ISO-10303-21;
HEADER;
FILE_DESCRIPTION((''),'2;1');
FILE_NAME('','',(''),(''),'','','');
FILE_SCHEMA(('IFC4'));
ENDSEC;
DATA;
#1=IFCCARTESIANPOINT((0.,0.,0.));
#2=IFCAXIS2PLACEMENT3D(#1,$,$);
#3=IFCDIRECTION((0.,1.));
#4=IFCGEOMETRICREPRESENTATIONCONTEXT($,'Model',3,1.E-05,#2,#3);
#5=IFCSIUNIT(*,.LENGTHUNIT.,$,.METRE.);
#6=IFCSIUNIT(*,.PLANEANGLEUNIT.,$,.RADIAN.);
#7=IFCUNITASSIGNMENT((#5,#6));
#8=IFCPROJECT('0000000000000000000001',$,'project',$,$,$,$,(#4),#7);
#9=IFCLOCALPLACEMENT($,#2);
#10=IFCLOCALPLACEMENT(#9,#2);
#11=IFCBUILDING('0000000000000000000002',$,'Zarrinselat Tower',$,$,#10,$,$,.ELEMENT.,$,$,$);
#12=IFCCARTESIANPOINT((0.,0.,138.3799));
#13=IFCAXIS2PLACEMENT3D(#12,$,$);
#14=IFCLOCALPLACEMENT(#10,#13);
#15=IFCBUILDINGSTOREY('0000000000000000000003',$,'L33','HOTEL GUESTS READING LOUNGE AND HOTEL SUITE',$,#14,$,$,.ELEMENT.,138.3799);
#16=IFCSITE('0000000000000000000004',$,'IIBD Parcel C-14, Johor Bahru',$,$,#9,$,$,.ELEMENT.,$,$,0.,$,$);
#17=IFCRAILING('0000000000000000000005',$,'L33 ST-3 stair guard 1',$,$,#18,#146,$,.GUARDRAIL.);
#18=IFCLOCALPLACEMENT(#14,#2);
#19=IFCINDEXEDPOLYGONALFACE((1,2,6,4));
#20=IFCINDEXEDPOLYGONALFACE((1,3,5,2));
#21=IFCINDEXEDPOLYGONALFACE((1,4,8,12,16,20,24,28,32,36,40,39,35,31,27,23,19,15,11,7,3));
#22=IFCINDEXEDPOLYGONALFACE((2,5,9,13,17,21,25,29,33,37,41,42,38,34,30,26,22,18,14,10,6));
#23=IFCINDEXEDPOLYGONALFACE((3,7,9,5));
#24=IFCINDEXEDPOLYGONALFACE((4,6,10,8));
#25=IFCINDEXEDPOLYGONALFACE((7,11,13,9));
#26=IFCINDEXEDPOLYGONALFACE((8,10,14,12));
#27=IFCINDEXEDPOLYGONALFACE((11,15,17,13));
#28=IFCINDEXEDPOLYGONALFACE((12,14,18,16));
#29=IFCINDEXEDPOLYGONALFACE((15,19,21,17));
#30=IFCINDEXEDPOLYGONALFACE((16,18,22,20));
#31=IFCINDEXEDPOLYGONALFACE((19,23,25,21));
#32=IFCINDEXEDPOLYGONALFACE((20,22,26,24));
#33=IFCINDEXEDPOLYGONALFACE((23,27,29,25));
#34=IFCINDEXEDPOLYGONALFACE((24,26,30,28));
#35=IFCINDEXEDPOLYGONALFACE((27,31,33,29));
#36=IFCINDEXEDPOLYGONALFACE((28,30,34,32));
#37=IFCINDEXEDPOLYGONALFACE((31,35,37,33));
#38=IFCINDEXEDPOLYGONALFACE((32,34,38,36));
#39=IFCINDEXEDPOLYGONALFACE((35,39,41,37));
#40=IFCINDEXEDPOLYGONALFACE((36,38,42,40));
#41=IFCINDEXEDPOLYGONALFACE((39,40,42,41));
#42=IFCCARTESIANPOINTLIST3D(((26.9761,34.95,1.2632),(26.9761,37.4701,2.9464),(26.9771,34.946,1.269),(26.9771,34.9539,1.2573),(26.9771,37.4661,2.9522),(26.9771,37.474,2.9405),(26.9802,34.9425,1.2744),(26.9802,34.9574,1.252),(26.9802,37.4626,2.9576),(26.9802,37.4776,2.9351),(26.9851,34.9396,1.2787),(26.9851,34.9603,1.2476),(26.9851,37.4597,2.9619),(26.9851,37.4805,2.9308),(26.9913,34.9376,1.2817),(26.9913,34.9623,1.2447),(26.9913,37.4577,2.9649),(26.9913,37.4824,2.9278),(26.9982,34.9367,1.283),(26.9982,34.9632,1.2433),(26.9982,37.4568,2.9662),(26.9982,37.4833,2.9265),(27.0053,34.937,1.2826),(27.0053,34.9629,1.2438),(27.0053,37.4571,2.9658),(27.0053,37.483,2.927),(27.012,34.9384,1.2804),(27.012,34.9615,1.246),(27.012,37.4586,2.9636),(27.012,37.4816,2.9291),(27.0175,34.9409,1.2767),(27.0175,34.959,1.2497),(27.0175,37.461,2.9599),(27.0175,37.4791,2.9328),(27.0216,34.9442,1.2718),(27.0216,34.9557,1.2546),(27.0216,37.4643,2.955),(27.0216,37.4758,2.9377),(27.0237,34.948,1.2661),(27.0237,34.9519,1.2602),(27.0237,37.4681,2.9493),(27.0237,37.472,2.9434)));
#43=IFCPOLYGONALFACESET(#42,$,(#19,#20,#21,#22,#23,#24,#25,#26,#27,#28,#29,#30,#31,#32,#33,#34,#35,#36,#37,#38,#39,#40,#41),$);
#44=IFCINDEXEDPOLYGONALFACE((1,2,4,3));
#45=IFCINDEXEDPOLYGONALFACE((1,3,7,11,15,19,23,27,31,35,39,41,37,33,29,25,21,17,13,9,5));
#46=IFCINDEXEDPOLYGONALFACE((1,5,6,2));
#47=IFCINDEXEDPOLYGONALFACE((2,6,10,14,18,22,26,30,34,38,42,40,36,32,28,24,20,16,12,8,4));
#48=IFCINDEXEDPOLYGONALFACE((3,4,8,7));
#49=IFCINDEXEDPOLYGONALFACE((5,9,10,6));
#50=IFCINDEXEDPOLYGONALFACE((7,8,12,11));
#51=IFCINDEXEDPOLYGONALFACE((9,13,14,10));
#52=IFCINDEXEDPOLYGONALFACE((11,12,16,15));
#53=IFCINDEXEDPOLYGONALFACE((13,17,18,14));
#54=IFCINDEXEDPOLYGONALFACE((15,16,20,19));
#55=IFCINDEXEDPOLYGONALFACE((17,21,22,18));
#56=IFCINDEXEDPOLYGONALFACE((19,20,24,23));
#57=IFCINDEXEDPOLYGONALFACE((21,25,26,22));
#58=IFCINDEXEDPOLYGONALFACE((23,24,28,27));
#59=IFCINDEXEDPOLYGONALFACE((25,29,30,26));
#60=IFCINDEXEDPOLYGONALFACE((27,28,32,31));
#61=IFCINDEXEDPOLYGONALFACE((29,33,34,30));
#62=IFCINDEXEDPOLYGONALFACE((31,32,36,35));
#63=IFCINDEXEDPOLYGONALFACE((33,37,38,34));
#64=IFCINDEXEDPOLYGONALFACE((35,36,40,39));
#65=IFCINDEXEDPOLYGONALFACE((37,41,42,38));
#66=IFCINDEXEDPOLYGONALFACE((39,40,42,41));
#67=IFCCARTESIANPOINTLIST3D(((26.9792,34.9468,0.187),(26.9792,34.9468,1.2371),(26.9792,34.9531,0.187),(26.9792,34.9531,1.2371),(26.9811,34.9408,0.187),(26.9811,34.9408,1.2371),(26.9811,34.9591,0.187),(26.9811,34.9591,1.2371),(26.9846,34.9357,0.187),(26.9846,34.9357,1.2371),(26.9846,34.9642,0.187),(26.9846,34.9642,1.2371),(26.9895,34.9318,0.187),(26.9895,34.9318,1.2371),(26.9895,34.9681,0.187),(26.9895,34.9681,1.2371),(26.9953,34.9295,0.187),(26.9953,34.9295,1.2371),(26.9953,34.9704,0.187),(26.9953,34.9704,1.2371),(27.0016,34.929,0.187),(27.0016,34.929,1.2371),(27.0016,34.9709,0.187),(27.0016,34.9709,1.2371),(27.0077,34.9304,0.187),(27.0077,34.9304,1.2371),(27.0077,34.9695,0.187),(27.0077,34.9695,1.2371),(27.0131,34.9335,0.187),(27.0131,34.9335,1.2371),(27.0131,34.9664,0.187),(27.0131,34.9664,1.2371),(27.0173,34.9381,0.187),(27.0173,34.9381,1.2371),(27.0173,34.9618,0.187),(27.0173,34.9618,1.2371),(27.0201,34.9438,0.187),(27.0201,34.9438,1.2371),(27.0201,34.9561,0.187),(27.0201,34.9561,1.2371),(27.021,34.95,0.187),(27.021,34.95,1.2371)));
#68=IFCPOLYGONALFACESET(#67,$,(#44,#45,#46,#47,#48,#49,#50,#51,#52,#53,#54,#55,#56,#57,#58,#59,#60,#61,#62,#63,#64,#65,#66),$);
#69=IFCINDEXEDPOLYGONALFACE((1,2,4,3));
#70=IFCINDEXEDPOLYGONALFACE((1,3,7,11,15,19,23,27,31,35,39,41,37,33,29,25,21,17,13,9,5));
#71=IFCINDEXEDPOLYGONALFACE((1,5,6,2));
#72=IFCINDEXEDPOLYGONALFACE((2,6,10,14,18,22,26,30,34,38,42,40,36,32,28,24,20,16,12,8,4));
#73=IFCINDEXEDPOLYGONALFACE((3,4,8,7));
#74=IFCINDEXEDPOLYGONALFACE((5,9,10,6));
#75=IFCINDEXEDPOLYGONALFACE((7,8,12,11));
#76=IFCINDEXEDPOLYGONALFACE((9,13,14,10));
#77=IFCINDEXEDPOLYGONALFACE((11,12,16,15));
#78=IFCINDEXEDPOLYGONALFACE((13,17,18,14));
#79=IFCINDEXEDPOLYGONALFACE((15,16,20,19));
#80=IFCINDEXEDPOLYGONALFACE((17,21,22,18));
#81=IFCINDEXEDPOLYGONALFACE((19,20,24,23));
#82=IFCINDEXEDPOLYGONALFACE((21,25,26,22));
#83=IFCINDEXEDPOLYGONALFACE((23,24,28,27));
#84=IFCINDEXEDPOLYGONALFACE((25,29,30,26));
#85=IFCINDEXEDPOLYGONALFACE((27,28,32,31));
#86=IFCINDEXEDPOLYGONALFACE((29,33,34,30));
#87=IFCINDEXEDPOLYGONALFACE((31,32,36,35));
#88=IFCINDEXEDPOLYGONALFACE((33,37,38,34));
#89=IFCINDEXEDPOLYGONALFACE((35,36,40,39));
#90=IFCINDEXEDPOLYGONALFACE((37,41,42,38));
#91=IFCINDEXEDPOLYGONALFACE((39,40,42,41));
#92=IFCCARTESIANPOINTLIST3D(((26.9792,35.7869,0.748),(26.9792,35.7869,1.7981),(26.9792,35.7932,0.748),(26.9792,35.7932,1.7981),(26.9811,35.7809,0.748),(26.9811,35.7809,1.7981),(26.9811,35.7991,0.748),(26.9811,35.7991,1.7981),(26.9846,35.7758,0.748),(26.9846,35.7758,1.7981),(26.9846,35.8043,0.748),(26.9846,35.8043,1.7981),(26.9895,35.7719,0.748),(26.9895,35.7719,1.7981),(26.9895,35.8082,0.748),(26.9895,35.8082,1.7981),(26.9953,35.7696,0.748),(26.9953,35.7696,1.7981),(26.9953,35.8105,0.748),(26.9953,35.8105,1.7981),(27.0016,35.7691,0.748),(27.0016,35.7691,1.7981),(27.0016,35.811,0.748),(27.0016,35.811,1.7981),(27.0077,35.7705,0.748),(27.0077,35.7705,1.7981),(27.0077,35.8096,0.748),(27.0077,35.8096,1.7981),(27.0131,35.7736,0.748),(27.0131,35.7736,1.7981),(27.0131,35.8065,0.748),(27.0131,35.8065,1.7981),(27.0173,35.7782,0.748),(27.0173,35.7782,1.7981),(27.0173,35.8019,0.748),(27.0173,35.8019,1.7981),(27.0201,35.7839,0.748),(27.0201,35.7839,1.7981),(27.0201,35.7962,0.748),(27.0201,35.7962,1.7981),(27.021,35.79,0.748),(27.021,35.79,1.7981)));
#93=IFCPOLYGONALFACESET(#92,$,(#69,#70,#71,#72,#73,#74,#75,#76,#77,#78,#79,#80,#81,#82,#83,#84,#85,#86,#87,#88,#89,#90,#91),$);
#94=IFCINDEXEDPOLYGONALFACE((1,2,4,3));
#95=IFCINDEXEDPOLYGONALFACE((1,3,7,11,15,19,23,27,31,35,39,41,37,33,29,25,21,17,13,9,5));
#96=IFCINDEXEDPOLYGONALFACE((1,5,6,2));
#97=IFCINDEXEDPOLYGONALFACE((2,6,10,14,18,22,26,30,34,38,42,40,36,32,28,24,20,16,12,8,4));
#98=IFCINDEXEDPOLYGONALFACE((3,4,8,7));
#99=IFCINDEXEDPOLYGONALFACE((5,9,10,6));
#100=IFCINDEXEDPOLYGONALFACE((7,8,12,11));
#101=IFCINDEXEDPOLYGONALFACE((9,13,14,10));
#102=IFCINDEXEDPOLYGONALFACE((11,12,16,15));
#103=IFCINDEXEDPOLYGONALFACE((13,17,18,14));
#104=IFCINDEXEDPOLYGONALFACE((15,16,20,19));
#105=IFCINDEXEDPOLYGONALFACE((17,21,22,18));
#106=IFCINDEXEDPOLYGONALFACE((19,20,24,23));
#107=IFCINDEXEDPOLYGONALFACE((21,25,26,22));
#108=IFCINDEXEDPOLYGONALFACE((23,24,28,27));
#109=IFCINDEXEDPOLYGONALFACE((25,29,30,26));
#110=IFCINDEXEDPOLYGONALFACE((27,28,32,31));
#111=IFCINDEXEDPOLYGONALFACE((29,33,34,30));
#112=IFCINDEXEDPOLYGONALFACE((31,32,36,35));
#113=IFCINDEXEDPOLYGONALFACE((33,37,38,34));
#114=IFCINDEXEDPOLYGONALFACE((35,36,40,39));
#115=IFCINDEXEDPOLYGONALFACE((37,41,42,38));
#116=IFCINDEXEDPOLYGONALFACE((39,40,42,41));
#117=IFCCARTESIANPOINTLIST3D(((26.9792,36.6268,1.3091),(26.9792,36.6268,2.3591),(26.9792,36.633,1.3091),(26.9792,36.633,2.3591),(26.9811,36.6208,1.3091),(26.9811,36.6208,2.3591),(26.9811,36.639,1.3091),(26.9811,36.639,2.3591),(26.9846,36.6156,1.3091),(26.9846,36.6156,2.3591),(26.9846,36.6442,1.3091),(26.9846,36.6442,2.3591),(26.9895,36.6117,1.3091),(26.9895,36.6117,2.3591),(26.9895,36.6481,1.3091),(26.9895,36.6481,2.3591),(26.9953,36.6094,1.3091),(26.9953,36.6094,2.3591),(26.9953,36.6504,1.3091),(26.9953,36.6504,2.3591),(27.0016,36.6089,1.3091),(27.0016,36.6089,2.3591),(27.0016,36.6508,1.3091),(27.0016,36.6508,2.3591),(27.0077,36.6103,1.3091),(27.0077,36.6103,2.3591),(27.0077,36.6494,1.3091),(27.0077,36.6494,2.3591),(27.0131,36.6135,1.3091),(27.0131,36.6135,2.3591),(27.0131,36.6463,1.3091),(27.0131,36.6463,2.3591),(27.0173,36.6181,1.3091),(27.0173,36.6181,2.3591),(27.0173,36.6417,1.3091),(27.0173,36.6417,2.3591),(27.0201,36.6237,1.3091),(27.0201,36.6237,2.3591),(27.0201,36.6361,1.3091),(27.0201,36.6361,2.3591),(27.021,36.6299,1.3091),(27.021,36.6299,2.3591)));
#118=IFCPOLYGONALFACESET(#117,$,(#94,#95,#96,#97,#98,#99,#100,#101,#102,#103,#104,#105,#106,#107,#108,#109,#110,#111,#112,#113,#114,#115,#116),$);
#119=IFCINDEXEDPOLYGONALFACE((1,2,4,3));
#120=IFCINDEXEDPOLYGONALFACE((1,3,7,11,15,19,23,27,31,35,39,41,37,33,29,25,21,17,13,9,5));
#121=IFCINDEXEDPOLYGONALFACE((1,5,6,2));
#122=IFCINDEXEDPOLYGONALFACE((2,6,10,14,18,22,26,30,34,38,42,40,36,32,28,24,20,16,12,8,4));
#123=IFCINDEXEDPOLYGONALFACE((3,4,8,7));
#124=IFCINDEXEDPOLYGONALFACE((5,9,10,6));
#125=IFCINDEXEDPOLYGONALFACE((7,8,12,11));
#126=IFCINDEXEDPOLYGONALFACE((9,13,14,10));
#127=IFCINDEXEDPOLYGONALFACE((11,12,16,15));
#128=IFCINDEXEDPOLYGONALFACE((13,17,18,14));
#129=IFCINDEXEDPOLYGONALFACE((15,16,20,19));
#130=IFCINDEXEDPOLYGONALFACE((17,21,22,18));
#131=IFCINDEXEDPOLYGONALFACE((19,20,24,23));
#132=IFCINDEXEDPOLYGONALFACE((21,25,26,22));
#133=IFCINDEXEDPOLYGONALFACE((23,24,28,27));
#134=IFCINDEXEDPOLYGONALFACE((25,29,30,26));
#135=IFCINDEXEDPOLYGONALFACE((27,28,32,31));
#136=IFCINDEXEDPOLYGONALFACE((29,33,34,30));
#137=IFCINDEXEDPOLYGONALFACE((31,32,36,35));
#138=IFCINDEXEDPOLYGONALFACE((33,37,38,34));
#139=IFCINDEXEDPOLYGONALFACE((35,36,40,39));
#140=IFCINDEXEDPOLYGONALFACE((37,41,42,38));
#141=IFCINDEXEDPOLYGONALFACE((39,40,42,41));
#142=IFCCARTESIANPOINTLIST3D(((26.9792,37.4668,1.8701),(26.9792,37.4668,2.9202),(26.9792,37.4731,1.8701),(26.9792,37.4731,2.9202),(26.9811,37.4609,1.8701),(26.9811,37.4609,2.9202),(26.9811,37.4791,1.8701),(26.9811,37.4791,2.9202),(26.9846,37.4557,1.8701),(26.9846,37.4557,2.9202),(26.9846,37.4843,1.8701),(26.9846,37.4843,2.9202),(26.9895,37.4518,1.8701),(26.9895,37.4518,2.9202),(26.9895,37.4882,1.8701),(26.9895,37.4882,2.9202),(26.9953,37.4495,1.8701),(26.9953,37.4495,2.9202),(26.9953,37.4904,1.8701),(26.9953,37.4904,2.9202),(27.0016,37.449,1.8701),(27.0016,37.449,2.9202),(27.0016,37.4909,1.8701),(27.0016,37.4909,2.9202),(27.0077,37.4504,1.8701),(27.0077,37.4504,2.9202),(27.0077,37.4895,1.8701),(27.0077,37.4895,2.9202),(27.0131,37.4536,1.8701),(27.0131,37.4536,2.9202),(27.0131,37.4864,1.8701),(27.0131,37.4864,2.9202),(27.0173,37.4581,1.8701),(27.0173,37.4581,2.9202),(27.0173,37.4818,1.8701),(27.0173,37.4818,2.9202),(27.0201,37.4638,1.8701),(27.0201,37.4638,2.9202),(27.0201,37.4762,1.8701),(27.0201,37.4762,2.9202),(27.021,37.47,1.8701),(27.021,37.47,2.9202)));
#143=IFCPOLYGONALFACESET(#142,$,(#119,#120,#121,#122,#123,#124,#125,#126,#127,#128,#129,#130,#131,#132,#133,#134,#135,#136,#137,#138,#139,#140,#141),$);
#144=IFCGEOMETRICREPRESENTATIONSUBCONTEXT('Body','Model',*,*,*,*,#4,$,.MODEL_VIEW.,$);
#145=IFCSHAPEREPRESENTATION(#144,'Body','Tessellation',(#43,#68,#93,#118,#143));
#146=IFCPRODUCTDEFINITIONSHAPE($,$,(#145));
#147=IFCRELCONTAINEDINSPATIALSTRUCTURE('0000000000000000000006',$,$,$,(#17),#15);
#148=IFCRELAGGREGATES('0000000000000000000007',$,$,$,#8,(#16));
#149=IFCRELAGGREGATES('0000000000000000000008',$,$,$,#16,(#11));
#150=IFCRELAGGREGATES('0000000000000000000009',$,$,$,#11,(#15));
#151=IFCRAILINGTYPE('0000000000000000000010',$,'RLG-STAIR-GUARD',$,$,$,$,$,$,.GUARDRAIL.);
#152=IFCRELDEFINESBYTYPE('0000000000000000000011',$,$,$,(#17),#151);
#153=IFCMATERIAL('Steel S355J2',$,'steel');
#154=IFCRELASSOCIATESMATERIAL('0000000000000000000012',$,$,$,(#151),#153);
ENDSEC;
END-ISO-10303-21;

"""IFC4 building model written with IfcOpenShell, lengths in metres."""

from ifc_helpers import new_model, si_unit, direction, frame, origin, origin_2d, place, context, subcontext, project, spatial, circle, extrude, material, type_object, element, save


model = new_model("IFC4")

# Units and contexts
model_context = context("Model", 3, precision=1e-05, world=origin(), true_north=direction((0.0, 1.0)))
body_context = subcontext(model_context, "Body", "Model", "MODEL_VIEW")
ifc_project = project(units=[si_unit("LENGTHUNIT", "METRE"), si_unit("PLANEANGLEUNIT", "RADIAN")], contexts=[model_context])

# Site, building, storey
site_placement = place(None, origin())
site = spatial("IfcSite", under=ifc_project, at=site_placement, Name="IIBD Parcel C-14, Johor Bahru", CompositionType="ELEMENT", RefElevation=0.0)
building_placement = place(site_placement, origin())
building = spatial("IfcBuilding", under=site, at=building_placement, Name="Zarrinselat Tower", CompositionType="ELEMENT")
storey_placement = place(building_placement, frame((0.0, 0.0, 138.3799)))
storey = spatial("IfcBuildingStorey", under=building, at=storey_placement, Name="L33", Description="HOTEL GUESTS READING LOUNGE AND HOTEL SUITE", CompositionType="ELEMENT", Elevation=138.3799)

# Railing
ifc_material_1 = material(Name="Steel S355J2", Category="steel")
railing_type = type_object("IfcRailingType", Name="RLG-STAIR-GUARD", PredefinedType="GUARDRAIL", material=ifc_material_1)
railing_1_placement = place(storey_placement, frame((27.0, 34.95, 0.187)))
element("IfcRailing", 1, at=railing_1_placement, inside=storey, type_object=railing_type, Name="L33 ST-3 stair guard 1", PredefinedType="GUARDRAIL", context=body_context, shape_type="SweptSolid", body=[
    extrude(circle(Radius=0.0239, at=origin_2d()), frame((0.0, 0.0, 1.0762), z_axis=(0.0, 0.831579, 0.555406), x_axis=(-1.0, 0.0, 0.0)), (0.0, 0.0, 1.0), 3.0305),
    extrude(circle(Radius=0.021, at=origin_2d()), origin(), (0.0, 0.0, 1.0), 1.05),
    extrude(circle(Radius=0.021, at=origin_2d()), frame((0.0, 0.8401, 0.561)), (0.0, 0.0, 1.0), 1.05),
    extrude(circle(Radius=0.021, at=origin_2d()), frame((0.0, 1.6799, 1.1221)), (0.0, 0.0, 1.0), 1.05),
    extrude(circle(Radius=0.021, at=origin_2d()), frame((0.0, 2.52, 1.6831)), (0.0, 0.0, 1.0), 1.05),
])

save(model, "model.ifc")
